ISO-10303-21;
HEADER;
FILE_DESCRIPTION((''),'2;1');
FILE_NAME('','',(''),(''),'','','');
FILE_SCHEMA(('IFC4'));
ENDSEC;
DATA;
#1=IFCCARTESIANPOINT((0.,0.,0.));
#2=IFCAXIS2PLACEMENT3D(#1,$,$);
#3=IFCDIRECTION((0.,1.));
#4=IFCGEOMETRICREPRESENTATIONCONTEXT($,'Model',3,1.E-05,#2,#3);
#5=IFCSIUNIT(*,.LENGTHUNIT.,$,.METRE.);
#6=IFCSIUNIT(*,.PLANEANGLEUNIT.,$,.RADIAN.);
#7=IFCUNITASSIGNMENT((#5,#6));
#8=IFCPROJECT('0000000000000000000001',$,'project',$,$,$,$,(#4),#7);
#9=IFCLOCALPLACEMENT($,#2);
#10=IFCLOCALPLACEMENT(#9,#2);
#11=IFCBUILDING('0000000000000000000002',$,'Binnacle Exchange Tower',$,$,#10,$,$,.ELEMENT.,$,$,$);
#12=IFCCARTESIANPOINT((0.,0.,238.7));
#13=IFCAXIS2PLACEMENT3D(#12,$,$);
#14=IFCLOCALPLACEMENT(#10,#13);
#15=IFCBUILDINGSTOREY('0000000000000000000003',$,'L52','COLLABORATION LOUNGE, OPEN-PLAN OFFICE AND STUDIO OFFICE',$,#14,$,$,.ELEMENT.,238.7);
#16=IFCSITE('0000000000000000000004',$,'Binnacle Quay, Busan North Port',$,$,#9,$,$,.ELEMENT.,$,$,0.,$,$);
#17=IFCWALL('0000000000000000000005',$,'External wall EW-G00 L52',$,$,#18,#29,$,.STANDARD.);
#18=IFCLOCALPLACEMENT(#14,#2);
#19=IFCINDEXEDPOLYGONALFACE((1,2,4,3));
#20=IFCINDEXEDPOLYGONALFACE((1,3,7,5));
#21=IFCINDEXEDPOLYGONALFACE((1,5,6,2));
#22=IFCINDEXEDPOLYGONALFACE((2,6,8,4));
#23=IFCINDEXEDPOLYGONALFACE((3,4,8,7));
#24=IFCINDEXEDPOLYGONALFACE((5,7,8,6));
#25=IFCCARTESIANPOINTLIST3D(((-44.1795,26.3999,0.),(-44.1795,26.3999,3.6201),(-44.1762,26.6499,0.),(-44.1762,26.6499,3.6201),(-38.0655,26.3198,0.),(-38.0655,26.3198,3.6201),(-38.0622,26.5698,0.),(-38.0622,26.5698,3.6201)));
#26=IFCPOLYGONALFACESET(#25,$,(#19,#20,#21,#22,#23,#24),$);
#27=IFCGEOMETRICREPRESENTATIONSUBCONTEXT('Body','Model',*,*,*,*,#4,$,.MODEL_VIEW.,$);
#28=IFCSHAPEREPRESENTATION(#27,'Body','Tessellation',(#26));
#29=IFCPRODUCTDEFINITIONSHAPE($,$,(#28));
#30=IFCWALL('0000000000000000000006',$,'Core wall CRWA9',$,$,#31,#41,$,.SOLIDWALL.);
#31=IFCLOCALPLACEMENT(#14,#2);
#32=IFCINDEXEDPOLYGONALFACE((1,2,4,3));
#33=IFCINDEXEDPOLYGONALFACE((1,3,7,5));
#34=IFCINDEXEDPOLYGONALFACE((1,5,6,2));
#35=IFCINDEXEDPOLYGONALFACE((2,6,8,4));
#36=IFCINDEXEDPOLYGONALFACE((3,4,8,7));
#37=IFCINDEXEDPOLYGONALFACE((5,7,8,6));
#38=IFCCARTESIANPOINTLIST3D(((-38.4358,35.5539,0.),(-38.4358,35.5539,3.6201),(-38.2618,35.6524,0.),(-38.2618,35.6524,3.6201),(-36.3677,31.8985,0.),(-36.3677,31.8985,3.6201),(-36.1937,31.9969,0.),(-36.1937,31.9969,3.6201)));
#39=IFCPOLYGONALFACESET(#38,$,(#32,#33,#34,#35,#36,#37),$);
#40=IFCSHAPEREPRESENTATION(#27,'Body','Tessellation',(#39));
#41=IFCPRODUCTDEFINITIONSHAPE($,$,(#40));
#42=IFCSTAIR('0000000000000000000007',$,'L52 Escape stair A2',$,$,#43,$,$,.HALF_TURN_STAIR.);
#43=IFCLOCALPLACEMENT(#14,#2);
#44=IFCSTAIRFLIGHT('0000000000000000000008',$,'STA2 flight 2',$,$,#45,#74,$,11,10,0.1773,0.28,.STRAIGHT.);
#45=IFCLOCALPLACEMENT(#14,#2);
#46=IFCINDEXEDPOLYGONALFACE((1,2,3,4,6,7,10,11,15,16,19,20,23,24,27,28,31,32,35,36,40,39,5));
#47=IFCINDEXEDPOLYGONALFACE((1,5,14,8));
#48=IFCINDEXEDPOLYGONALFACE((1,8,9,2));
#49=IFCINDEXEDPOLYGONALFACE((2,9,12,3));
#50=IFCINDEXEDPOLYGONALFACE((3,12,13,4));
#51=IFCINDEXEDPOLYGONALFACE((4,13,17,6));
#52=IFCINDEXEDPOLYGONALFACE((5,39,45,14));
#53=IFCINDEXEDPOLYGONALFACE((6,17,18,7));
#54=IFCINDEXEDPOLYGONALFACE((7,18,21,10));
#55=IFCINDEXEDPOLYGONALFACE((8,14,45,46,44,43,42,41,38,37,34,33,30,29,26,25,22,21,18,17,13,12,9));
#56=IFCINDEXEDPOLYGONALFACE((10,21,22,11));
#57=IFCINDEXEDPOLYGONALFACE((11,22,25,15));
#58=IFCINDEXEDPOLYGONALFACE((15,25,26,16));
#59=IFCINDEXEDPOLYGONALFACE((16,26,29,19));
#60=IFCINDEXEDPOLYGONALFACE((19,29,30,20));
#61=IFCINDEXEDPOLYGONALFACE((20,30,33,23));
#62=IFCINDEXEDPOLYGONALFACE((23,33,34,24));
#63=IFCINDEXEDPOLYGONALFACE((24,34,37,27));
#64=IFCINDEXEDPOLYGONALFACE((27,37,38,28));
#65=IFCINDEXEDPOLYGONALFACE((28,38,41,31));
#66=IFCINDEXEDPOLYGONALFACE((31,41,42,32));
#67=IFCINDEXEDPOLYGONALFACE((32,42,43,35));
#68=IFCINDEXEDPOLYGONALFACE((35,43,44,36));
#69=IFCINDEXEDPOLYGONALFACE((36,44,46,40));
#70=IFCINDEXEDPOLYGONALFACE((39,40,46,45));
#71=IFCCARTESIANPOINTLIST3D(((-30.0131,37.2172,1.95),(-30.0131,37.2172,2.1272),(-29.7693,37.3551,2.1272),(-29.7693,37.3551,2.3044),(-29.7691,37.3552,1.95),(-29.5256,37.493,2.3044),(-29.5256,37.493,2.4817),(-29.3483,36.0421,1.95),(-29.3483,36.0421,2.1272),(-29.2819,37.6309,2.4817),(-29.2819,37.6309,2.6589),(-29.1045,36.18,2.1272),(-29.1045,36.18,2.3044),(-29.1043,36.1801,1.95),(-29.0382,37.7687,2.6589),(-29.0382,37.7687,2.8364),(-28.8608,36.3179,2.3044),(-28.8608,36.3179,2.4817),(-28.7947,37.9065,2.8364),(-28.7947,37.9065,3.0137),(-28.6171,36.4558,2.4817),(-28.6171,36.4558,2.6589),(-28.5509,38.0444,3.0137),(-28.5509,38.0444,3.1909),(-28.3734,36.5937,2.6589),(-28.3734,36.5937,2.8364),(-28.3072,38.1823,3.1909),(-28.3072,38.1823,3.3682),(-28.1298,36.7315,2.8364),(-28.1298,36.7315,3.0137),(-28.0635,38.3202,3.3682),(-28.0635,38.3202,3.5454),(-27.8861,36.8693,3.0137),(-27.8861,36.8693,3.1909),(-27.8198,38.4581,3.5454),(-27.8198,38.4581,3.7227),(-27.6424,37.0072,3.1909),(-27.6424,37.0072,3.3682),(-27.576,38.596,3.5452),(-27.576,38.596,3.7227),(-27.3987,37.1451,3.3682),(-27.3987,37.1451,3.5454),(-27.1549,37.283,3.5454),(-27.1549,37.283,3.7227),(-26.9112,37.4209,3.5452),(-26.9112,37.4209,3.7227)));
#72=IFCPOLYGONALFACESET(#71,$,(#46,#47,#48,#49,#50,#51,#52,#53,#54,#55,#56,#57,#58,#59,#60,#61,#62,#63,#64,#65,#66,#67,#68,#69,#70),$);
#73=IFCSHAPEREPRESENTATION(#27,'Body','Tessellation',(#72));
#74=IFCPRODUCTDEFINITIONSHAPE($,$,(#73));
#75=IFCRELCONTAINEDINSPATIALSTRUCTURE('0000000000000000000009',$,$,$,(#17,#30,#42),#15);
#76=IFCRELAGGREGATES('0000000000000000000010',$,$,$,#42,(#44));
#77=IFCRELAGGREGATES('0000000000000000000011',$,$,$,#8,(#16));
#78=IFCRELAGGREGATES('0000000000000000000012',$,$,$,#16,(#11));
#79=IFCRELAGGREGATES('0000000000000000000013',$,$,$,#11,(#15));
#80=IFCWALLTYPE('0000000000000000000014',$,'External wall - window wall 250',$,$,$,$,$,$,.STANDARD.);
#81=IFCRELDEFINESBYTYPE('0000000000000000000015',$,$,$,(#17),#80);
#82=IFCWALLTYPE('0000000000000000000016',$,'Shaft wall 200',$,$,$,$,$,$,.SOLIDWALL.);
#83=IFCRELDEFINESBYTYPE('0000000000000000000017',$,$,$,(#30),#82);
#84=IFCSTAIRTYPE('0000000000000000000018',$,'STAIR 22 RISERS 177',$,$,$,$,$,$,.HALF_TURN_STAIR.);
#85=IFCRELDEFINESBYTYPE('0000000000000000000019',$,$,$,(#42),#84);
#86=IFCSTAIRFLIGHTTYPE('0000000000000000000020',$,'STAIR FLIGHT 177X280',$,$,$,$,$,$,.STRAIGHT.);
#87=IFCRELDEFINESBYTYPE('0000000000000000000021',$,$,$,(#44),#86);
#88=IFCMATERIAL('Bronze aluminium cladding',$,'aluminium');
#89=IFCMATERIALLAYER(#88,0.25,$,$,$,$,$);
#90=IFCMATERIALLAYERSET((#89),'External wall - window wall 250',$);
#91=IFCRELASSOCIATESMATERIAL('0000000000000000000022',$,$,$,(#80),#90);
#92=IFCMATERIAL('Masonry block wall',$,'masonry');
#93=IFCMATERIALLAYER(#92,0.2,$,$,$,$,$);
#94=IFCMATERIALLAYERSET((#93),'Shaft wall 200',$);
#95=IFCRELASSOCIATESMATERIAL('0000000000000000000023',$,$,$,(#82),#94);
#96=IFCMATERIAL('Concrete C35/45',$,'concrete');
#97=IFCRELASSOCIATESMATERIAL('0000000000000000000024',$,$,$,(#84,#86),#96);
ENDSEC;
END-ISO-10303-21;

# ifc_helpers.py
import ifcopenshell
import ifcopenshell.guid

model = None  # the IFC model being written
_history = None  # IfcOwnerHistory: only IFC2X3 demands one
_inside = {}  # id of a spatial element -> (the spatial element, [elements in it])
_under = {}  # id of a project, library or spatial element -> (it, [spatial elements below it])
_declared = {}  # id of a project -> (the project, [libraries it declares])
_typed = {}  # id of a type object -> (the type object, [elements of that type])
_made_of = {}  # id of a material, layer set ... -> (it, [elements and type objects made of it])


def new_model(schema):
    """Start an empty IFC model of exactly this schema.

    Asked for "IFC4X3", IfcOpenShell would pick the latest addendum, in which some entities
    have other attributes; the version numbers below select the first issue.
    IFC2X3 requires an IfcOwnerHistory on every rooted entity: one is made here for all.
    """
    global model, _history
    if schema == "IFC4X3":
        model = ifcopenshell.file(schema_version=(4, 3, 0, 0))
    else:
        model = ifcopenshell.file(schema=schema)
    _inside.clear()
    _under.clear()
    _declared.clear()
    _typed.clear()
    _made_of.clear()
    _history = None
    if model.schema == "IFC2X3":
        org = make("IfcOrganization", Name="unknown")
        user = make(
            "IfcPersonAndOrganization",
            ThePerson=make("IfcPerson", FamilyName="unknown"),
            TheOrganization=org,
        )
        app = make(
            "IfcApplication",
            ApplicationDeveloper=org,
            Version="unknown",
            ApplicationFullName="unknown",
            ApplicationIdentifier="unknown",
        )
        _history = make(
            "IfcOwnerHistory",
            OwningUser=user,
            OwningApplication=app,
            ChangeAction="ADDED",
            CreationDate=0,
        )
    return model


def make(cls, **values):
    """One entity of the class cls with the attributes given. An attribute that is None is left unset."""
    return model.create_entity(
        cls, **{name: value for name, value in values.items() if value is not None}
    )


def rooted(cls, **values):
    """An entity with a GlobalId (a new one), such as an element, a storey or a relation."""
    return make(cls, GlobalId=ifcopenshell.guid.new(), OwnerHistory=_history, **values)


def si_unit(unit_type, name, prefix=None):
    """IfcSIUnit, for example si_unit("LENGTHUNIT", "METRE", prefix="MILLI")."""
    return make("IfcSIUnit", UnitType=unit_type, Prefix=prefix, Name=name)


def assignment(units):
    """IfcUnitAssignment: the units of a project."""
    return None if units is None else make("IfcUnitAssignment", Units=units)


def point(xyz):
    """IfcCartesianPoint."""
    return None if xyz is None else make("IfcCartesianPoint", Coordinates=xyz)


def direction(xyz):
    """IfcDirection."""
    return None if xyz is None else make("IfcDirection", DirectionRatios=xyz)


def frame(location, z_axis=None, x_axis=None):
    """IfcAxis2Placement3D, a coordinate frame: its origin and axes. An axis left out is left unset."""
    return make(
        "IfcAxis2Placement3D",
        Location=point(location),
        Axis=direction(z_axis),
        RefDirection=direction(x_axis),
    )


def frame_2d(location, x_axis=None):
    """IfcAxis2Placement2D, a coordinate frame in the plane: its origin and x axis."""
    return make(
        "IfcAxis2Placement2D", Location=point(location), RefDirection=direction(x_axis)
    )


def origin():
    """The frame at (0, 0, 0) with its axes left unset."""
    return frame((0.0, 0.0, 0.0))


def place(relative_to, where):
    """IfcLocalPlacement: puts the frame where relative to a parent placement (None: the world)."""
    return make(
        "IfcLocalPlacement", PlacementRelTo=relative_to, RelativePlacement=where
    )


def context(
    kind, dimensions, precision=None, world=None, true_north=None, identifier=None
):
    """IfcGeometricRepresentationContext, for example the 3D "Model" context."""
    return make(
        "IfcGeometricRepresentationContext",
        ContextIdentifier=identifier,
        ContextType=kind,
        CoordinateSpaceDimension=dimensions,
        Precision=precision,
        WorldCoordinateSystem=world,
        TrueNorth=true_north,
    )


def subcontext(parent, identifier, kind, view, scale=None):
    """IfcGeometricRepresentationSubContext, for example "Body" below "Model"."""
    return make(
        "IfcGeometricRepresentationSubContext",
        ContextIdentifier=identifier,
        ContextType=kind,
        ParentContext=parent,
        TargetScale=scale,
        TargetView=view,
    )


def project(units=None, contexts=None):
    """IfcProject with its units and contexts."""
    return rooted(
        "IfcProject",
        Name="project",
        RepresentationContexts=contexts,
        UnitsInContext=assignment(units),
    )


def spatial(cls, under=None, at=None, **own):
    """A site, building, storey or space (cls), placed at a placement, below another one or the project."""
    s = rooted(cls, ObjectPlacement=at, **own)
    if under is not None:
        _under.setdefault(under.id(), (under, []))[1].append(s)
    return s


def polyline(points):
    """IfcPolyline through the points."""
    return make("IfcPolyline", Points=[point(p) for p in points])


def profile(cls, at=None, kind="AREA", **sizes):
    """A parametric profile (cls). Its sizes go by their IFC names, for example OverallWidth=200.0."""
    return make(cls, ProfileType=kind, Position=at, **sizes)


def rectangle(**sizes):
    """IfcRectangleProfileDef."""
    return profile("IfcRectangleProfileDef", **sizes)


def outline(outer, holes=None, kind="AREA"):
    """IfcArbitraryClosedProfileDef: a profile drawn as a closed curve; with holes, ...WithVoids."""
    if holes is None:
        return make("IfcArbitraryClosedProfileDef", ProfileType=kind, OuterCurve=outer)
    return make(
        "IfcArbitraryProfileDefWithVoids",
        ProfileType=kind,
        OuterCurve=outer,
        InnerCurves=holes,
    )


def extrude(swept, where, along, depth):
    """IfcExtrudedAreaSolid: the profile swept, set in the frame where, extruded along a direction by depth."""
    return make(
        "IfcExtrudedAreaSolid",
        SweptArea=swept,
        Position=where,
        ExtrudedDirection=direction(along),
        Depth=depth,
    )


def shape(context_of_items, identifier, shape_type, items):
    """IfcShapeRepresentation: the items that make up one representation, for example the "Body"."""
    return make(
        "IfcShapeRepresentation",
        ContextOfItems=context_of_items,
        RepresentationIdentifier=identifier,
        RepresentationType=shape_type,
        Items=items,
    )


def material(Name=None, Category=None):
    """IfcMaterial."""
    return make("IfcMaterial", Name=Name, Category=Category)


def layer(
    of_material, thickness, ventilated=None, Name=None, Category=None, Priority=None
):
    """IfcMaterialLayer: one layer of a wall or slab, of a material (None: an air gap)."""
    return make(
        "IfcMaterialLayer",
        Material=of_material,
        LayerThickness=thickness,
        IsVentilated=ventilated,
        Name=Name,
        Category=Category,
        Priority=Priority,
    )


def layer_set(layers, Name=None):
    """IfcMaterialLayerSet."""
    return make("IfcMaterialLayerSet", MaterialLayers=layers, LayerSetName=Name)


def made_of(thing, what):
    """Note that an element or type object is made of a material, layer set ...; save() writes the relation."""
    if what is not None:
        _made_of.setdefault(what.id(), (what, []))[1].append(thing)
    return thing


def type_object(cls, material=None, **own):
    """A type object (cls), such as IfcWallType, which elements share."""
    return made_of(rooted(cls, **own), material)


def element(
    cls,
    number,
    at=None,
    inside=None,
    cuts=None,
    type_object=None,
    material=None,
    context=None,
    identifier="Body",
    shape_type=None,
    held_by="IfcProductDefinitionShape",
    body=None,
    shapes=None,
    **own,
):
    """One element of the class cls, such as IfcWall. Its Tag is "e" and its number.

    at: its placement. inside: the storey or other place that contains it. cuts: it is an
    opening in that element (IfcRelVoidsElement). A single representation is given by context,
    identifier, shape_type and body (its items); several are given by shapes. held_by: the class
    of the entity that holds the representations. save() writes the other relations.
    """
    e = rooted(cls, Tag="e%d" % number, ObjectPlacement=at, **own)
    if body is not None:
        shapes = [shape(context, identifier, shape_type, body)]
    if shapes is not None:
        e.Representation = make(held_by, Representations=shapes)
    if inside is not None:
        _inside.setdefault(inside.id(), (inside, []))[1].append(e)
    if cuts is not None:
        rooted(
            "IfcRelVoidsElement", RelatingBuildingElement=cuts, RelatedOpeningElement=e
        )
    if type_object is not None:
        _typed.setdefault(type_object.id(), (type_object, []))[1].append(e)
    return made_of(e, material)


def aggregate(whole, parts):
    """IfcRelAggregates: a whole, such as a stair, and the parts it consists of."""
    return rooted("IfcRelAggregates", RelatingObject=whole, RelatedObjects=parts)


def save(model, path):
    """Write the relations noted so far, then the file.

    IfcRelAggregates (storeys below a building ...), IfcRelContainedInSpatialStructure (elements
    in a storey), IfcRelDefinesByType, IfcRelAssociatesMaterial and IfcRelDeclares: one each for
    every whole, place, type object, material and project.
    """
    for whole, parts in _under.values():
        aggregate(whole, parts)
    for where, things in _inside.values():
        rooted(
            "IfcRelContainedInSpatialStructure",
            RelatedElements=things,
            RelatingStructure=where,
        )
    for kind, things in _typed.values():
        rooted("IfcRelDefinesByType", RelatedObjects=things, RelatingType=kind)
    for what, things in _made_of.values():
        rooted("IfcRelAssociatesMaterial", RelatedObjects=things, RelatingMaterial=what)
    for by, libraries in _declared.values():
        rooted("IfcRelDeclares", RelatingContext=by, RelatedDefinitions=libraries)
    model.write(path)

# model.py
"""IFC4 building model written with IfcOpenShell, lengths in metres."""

from ifc_helpers import new_model, si_unit, direction, frame, frame_2d, origin, place, context, subcontext, project, spatial, polyline, rectangle, outline, extrude, material, layer, layer_set, type_object, element, aggregate, save


model = new_model("IFC4")

# Units and contexts
model_context = context("Model", 3, precision=1e-05, world=origin(), true_north=direction((0.0, 1.0)))
body_context = subcontext(model_context, "Body", "Model", "MODEL_VIEW")
ifc_project = project(units=[si_unit("LENGTHUNIT", "METRE"), si_unit("PLANEANGLEUNIT", "RADIAN")], contexts=[model_context])

# Site, building, storey
site_placement = place(None, origin())
site = spatial("IfcSite", under=ifc_project, at=site_placement, Name="Binnacle Quay, Busan North Port", CompositionType="ELEMENT", RefElevation=0.0)
building_placement = place(site_placement, origin())
building = spatial("IfcBuilding", under=site, at=building_placement, Name="Binnacle Exchange Tower", CompositionType="ELEMENT")
storey_placement = place(building_placement, frame((0.0, 0.0, 238.7)))
storey = spatial("IfcBuildingStorey", under=building, at=storey_placement, Name="L52", Description="COLLABORATION LOUNGE, OPEN-PLAN OFFICE AND STUDIO OFFICE", CompositionType="ELEMENT", Elevation=238.7)

# Walls
ifc_material_1 = material(Name="Bronze aluminium cladding", Category="aluminium")
ifc_layer_1 = layer(ifc_material_1, 0.25)
ifc_layer_set_1 = layer_set([ifc_layer_1], Name="External wall - window wall 250")
wall_type_1 = type_object("IfcWallType", Name="External wall - window wall 250", PredefinedType="STANDARD", material=ifc_layer_set_1)
wall_1_placement = place(storey_placement, frame((-38.064, 26.4448, 0.0), z_axis=(0.0, 0.0, 1.0), x_axis=(-0.999914, 0.013096, 0.0)))
element("IfcWall", 1, at=wall_1_placement, inside=storey, type_object=wall_type_1, Name="External wall EW-G00 L52", PredefinedType="STANDARD", context=body_context, shape_type="SweptSolid", body=[
    extrude(rectangle(XDim=6.1145, YDim=0.25, at=frame_2d((3.0571, 0.0))), origin(), (0.0, 0.0, 1.0), 3.6201),
])
ifc_material_2 = material(Name="Masonry block wall", Category="masonry")
ifc_layer_2 = layer(ifc_material_2, 0.2)
ifc_layer_set_2 = layer_set([ifc_layer_2], Name="Shaft wall 200")
wall_type_2 = type_object("IfcWallType", Name="Shaft wall 200", PredefinedType="SOLIDWALL", material=ifc_layer_set_2)
wall_2_placement = place(storey_placement, frame((-38.3489, 35.6033, 0.0), z_axis=(0.0, 0.0, 1.0), x_axis=(0.49241, -0.870364, 0.0)))
element("IfcWall", 2, at=wall_2_placement, inside=storey, type_object=wall_type_2, Name="Core wall CRWA9", PredefinedType="SOLIDWALL", context=body_context, shape_type="SweptSolid", body=[
    extrude(rectangle(XDim=4.2, YDim=0.2, at=frame_2d((2.1001, 0.0))), origin(), (0.0, 0.0, 1.0), 3.6201),
])

# Stair, stair flight
ifc_material_3 = material(Name="Concrete C35/45", Category="concrete")
stair_type = type_object("IfcStairType", Name="STAIR 22 RISERS 177", PredefinedType="HALF_TURN_STAIR", material=ifc_material_3)
stair_placement = place(storey_placement, origin())
stair = element("IfcStair", 3, at=stair_placement, inside=storey, type_object=stair_type, Name="L52 Escape stair A2", PredefinedType="HALF_TURN_STAIR")
stair_flight_type = type_object("IfcStairFlightType", Name="STAIR FLIGHT 177X280", PredefinedType="STRAIGHT", material=ifc_material_3)
stair_flight_placement = place(storey_placement, frame((-29.6807, 36.6296, 1.95), z_axis=(0.0, 0.0, 1.0), x_axis=(0.870356, 0.492424, 0.0)))
stair_flight = element("IfcStairFlight", 4, at=stair_flight_placement, type_object=stair_flight_type, Name="STA2 flight 2", NumberOfRisers=11, NumberOfTreads=10, PredefinedType="STRAIGHT", RiserHeight=0.1773, TreadLength=0.28, context=body_context, shape_type="SweptSolid", body=[
    extrude(outline(polyline([(0.0, 0.0), (0.0, 0.1772), (0.28, 0.1772), (0.28, 0.3545), (0.5601, 0.3545), (0.5601, 0.5317), (0.8401, 0.5317), (0.8401, 0.709), (1.1201, 0.709), (1.1201, 0.8865), (1.3999, 0.8865), (1.3999, 1.0637), (1.6799, 1.0637), (1.6799, 1.241), (1.96, 1.241), (1.96, 1.4182), (2.24, 1.4182), (2.24, 1.5955), (2.52, 1.5955), (2.52, 1.7727), (2.8, 1.7727), (2.8, 1.95), (2.8, 1.5952), (0.2803, 0.0), (0.0, 0.0)])), frame((0.0, 0.675, 0.0), z_axis=(0.0, -1.0, 0.0), x_axis=(1.0, 0.0, 0.0)), (0.0, 0.0, 1.0), 1.3501),
])
aggregate(stair, [stair_flight])

save(model, "model.ifc")
